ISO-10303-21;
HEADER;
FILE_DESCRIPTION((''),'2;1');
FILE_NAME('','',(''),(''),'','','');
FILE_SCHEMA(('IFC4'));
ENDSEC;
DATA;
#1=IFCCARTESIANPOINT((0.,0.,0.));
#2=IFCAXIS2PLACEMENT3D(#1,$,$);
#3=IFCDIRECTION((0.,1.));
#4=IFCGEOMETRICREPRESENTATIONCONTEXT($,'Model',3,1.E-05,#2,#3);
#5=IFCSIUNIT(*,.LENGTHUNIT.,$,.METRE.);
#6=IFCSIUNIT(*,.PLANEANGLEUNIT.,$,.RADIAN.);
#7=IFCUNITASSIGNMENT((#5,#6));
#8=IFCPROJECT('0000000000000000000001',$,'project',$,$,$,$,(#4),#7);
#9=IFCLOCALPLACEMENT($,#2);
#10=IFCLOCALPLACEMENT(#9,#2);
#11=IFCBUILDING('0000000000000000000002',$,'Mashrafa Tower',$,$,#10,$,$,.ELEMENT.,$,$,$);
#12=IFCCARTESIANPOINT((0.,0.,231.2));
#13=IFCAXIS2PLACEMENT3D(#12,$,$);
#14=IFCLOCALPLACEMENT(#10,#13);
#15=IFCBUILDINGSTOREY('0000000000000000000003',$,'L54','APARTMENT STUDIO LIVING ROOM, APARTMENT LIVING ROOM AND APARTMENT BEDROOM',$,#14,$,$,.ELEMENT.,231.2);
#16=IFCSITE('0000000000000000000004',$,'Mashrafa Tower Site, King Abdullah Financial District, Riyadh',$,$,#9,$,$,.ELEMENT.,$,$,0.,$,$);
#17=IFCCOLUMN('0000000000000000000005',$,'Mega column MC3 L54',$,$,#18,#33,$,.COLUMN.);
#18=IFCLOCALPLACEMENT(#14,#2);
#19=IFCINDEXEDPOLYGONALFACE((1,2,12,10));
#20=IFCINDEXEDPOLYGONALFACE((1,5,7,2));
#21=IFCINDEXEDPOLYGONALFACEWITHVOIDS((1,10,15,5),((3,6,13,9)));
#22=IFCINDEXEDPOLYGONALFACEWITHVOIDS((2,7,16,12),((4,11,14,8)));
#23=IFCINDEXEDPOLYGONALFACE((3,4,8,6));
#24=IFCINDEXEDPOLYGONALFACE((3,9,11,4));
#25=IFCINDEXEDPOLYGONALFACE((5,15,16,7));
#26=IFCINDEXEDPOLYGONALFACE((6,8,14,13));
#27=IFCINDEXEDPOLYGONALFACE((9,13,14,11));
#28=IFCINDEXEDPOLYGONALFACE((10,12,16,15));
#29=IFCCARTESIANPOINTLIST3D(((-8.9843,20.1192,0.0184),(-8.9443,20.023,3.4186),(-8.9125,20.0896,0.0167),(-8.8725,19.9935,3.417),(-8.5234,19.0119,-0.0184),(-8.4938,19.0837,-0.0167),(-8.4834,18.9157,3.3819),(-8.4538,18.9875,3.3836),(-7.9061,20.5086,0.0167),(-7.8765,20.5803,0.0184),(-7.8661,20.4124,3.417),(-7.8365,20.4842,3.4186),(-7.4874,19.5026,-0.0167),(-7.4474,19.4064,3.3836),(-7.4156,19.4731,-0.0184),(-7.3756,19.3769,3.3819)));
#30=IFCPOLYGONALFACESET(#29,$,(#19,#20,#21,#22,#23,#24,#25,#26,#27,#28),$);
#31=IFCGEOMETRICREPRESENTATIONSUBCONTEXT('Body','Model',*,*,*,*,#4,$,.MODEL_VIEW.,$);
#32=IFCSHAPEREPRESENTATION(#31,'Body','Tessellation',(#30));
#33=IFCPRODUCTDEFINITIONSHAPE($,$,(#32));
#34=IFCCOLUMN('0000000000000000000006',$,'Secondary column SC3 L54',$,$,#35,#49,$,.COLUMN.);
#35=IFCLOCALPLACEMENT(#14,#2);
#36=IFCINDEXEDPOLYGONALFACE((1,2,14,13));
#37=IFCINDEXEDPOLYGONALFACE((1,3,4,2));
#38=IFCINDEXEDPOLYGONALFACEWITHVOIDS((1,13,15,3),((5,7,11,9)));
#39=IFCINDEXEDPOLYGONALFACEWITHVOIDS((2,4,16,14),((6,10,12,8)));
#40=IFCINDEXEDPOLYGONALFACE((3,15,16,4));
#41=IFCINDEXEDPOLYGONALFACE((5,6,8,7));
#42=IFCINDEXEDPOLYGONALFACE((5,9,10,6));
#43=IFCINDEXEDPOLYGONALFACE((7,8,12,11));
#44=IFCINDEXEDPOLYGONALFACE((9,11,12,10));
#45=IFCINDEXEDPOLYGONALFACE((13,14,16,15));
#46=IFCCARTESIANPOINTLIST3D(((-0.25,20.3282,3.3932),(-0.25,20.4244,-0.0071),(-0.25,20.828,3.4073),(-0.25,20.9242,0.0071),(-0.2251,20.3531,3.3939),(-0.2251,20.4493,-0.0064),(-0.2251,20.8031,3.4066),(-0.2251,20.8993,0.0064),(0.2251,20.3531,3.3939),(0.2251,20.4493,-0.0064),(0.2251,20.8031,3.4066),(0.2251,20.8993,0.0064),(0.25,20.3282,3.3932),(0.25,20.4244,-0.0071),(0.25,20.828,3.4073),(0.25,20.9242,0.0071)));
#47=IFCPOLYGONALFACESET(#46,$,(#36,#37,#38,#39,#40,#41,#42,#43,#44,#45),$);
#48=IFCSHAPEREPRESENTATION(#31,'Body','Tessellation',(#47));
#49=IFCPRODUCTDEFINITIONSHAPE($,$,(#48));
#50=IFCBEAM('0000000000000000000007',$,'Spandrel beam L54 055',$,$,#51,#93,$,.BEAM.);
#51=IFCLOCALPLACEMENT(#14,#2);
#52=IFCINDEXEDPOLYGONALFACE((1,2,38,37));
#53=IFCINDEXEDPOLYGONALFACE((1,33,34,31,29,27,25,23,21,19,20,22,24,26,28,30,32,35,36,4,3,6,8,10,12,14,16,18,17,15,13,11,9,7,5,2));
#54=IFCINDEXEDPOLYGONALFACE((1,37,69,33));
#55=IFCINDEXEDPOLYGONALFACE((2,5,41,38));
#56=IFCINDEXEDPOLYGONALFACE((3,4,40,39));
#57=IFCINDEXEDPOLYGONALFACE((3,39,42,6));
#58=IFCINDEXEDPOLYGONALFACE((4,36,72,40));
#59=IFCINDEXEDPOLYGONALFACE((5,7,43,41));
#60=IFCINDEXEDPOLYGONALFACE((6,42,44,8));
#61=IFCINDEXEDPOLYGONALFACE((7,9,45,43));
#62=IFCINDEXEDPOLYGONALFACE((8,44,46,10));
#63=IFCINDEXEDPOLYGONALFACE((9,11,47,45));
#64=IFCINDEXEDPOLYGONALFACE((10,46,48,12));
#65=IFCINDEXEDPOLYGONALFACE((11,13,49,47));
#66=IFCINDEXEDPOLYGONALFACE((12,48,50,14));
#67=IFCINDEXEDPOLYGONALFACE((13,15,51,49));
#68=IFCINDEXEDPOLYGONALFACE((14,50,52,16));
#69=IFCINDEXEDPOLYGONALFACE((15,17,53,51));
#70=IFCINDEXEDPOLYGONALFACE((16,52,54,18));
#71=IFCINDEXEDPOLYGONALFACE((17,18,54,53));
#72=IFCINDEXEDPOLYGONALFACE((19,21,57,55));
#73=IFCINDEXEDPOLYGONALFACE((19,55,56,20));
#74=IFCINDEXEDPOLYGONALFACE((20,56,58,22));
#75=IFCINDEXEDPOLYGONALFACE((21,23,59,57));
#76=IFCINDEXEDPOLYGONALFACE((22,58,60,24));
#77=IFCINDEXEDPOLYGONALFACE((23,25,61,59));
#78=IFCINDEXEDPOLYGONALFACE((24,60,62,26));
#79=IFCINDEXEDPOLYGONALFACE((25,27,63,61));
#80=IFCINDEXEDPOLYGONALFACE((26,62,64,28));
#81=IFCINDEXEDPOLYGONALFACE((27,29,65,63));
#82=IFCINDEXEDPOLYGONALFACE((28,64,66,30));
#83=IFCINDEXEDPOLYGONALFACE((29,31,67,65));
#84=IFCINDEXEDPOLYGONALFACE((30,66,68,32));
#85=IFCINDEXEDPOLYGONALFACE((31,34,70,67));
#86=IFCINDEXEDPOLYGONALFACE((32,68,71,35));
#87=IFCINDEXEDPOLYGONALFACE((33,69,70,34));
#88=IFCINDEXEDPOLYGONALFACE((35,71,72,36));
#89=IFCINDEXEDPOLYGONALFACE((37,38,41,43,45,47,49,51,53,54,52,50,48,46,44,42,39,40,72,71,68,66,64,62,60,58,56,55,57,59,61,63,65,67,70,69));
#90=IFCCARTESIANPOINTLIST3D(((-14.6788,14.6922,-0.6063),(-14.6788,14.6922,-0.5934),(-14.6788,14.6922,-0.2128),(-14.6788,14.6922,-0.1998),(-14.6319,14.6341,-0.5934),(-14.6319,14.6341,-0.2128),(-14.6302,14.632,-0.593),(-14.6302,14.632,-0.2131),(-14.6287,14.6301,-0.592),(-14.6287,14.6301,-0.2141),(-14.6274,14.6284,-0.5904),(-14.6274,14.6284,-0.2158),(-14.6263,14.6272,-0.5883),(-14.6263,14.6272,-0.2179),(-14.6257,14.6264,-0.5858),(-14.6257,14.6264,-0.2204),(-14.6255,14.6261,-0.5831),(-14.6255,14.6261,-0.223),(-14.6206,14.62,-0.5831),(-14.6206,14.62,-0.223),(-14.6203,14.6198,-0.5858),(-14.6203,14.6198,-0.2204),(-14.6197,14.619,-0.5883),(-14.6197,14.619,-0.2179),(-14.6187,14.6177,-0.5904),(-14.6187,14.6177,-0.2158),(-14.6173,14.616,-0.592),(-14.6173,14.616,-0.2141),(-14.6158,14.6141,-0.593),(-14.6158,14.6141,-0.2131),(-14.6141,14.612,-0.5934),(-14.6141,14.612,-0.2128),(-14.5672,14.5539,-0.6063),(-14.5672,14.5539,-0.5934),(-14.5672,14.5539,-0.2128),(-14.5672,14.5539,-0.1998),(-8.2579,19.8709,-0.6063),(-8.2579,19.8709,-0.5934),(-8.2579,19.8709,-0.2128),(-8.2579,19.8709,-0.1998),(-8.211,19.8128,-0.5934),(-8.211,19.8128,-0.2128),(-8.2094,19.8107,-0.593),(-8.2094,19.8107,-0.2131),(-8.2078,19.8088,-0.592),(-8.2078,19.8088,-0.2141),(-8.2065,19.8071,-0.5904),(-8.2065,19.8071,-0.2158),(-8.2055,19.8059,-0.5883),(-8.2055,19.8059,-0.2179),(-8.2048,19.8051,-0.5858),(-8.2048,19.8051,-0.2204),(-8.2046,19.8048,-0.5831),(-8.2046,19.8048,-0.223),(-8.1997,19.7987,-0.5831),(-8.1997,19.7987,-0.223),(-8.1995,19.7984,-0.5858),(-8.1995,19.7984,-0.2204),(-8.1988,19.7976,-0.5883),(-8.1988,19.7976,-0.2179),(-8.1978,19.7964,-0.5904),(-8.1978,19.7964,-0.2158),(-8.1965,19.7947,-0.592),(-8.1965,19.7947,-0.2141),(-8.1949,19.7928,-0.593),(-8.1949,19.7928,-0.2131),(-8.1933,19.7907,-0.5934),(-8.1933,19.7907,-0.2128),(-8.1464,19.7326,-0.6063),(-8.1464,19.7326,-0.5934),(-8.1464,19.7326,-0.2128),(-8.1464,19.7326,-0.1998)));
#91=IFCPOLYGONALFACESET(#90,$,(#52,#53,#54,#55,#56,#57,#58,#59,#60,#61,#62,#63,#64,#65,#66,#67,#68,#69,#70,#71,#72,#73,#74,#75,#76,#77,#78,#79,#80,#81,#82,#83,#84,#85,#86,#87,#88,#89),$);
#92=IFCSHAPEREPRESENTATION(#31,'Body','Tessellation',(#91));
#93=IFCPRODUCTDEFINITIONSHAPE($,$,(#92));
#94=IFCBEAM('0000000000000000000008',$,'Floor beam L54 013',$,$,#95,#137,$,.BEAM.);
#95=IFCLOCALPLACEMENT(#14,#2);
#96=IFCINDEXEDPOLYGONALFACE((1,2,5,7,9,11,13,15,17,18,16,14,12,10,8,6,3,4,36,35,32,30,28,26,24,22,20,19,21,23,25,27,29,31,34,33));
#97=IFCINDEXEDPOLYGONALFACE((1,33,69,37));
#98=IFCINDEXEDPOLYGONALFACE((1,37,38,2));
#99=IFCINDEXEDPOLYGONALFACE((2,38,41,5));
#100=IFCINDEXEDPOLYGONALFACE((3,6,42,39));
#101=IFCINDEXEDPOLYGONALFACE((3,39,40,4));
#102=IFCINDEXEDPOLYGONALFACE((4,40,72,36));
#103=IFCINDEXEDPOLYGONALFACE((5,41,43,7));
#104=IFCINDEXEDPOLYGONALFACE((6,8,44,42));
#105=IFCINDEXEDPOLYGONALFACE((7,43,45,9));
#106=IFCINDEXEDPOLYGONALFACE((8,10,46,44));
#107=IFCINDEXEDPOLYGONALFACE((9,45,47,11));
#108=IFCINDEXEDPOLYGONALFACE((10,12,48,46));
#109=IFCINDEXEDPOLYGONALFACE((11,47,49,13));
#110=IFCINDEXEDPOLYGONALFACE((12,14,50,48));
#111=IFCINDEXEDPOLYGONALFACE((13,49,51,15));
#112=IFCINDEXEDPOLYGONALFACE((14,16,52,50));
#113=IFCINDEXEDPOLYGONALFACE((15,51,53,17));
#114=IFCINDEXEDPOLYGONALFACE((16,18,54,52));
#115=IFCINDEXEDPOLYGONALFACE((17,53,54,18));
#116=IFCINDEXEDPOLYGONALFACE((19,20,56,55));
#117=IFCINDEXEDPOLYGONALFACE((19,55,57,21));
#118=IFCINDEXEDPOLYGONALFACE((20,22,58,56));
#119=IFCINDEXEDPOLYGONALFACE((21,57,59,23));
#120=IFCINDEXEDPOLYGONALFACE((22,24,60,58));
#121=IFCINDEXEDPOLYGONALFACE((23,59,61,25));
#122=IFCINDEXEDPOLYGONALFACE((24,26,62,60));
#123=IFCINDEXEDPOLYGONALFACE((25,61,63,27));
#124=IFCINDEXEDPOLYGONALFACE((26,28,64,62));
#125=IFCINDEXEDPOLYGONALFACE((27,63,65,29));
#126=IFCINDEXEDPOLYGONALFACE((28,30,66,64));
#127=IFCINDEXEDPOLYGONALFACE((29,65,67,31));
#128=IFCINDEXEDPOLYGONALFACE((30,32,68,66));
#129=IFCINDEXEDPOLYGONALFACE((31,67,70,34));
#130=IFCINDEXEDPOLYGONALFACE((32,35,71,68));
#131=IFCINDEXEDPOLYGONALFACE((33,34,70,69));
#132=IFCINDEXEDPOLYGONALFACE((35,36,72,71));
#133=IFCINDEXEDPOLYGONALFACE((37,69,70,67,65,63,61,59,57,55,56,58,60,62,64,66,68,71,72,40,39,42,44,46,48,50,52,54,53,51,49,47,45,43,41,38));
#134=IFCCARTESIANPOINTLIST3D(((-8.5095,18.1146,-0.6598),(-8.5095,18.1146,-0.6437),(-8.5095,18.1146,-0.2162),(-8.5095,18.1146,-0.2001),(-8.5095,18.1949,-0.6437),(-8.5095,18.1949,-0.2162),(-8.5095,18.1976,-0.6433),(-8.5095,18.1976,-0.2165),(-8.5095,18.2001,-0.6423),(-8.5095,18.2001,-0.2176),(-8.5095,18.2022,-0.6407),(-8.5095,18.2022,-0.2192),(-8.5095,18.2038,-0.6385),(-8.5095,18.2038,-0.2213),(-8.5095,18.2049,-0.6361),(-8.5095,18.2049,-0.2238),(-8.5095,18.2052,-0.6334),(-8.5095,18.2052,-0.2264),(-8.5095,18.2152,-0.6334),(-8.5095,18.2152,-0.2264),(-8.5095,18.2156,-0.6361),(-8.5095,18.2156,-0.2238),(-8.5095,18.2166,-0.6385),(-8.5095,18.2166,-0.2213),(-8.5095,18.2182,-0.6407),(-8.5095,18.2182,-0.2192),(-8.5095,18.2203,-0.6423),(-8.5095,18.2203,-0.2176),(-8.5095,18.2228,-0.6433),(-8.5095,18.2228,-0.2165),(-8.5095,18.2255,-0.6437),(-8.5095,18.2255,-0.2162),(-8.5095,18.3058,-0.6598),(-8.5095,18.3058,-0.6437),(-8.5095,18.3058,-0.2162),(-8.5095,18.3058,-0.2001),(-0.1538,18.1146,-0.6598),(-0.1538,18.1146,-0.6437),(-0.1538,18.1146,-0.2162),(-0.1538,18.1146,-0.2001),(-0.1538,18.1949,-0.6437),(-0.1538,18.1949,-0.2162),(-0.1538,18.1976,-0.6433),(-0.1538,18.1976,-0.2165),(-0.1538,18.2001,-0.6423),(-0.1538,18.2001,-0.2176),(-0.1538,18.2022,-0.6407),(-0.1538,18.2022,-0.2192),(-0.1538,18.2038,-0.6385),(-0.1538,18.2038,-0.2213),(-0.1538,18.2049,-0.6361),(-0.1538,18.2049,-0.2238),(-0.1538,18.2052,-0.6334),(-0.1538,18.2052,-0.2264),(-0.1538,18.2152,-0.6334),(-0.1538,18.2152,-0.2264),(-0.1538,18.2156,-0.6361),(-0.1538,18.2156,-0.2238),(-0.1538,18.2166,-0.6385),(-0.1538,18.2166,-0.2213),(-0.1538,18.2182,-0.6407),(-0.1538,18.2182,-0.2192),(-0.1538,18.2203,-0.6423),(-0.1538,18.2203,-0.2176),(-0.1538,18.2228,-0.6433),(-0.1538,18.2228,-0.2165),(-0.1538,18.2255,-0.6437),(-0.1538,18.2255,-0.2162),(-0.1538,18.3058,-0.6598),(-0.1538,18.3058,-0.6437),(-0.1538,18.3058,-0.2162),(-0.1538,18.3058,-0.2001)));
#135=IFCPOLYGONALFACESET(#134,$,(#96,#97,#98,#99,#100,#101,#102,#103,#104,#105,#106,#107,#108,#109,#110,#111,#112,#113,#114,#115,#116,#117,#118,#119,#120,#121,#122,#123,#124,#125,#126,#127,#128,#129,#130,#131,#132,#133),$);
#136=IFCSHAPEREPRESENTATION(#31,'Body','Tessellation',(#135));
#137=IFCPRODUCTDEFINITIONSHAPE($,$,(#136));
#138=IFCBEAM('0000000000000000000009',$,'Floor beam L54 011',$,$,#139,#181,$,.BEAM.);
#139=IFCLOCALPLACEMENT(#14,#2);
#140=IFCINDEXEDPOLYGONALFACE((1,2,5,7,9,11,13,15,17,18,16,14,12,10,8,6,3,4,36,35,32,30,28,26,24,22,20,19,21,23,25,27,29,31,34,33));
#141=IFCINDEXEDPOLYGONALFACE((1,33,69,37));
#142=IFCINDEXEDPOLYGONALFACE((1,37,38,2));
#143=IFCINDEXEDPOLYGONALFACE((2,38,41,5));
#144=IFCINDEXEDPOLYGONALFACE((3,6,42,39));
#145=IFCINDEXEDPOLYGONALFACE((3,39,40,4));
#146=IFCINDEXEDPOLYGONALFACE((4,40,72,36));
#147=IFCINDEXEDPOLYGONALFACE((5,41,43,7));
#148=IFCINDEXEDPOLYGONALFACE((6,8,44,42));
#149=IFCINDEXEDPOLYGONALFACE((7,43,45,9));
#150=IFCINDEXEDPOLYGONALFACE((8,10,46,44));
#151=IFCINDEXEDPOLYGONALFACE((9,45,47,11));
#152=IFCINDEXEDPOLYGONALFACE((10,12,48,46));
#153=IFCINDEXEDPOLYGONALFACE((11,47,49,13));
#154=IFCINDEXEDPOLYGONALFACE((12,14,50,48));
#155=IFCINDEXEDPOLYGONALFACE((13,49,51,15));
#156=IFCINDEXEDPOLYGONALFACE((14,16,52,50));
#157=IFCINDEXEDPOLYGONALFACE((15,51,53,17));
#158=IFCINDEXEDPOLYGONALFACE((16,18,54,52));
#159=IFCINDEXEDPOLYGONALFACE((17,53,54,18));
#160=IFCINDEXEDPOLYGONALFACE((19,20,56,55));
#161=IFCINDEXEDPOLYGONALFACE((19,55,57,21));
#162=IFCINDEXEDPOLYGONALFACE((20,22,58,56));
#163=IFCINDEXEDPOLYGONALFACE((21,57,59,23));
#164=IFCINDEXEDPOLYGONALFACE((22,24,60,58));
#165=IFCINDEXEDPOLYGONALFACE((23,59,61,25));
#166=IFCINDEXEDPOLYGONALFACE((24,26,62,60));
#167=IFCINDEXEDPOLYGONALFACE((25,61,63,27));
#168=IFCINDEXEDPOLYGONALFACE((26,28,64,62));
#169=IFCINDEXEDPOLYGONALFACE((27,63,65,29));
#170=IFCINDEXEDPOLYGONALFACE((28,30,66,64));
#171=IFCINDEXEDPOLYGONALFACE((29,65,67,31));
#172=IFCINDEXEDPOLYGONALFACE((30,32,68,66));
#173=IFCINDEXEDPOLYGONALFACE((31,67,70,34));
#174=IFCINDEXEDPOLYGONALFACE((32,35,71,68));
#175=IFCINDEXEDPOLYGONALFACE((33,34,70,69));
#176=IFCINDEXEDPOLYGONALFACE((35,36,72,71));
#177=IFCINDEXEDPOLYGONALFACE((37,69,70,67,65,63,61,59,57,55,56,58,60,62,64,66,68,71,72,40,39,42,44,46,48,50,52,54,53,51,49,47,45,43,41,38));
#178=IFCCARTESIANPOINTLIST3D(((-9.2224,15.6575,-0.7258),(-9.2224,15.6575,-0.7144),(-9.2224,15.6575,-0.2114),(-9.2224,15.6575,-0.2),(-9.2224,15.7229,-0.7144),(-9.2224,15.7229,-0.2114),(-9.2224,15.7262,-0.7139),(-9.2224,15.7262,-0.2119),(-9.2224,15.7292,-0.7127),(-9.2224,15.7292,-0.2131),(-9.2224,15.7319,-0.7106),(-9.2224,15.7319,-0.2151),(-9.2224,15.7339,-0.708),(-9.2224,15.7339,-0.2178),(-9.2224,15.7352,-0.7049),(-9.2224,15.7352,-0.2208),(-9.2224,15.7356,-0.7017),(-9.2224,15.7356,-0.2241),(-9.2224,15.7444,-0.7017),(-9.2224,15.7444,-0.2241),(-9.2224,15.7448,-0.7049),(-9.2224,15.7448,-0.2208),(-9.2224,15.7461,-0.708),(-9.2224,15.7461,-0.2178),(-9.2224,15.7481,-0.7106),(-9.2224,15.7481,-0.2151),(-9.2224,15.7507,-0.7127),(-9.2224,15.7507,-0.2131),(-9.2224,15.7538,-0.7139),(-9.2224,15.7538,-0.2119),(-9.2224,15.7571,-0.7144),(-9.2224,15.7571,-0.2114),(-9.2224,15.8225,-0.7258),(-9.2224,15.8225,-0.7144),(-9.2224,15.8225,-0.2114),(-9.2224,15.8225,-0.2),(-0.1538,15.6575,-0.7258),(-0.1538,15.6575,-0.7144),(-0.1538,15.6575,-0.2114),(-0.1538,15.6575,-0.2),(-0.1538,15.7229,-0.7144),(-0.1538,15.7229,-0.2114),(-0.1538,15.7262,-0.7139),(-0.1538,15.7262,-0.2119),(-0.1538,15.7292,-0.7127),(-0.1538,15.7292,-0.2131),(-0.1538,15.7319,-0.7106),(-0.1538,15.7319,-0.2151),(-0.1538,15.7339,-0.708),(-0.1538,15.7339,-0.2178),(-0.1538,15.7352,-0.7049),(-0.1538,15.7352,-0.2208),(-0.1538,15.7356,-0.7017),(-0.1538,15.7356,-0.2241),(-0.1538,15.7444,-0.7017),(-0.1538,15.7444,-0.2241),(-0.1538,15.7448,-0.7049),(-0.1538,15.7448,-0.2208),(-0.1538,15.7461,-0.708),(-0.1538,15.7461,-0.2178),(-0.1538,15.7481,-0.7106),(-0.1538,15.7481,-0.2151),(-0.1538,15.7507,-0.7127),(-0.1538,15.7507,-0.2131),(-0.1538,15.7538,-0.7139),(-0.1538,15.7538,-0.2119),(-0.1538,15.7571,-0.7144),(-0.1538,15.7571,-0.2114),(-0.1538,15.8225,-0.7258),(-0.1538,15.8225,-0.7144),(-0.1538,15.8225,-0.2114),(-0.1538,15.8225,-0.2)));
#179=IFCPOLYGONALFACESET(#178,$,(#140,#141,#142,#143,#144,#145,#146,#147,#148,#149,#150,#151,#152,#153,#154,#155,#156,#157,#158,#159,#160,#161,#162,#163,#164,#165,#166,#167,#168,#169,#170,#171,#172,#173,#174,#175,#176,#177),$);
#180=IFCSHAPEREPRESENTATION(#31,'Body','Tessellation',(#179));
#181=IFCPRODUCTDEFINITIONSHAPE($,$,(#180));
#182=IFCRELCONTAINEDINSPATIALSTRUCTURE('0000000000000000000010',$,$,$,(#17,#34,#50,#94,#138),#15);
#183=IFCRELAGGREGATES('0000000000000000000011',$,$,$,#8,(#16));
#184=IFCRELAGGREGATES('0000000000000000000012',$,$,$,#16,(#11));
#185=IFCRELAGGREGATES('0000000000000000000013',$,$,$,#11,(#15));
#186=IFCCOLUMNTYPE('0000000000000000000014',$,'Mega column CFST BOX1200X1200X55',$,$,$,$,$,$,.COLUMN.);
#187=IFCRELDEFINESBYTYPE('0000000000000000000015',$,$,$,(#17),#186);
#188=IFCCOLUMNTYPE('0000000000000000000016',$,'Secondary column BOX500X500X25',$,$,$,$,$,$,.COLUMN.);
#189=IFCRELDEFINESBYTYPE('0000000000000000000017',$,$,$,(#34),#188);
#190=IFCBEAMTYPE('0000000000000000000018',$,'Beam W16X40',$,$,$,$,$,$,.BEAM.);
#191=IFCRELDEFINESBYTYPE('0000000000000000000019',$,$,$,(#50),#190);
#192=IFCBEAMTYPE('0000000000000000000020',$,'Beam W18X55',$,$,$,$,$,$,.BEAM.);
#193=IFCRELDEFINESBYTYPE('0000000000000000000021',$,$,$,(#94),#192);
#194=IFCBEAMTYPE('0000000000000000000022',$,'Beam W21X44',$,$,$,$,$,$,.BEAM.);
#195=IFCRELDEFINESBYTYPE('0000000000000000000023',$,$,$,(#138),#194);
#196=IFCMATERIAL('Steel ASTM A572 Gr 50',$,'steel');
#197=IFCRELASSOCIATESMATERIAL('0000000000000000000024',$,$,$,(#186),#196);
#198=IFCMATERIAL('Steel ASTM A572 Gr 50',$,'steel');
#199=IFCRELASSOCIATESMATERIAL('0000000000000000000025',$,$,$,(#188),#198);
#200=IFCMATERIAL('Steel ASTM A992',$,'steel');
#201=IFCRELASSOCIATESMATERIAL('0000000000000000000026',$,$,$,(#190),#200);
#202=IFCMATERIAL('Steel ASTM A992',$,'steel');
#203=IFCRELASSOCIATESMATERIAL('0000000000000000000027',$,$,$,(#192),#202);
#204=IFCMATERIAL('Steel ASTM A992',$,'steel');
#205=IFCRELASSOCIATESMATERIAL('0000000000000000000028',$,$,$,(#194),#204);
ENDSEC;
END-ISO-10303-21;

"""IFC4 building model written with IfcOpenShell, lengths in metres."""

from ifc_helpers import new_model, si_unit, direction, frame, origin, origin_2d, place, context, subcontext, project, spatial, hollow_rectangle, i_section, extrude, material, material_profile, profile_set, type_object, element, save


model = new_model("IFC4")

# Units and contexts
model_context = context("Model", 3, precision=1e-05, world=origin(), true_north=direction((0.0, 1.0)))
body_context = subcontext(model_context, "Body", "Model", "MODEL_VIEW")
ifc_project = project(units=[si_unit("LENGTHUNIT", "METRE"), si_unit("PLANEANGLEUNIT", "RADIAN")], contexts=[model_context])

# Site, building, storey
site_placement = place(None, origin())
site = spatial("IfcSite", under=ifc_project, at=site_placement, Name="Mashrafa Tower Site, King Abdullah Financial District, Riyadh", CompositionType="ELEMENT", RefElevation=0.0)
building_placement = place(site_placement, origin())
building = spatial("IfcBuilding", under=site, at=building_placement, Name="Mashrafa Tower", CompositionType="ELEMENT")
storey_placement = place(building_placement, frame((0.0, 0.0, 231.2)))
storey = spatial("IfcBuildingStorey", under=building, at=storey_placement, Name="L54", Description="APARTMENT STUDIO LIVING ROOM, APARTMENT LIVING ROOM AND APARTMENT BEDROOM", CompositionType="ELEMENT", Elevation=231.2)

# Columns
ifc_material_1 = material(Name="Steel ASTM A572 Gr 50", Category="steel")
ifc_material_profile_1 = material_profile(ifc_material_1, hollow_rectangle(XDim=1.2, YDim=1.2, WallThickness=0.0549, at=origin_2d()), Name="BOX1200X1200X55")
ifc_profile_set_1 = profile_set([ifc_material_profile_1], Name="Steel ASTM A572 Gr 50")
column_type_1 = type_object("IfcColumnType", Name="Mega column CFST BOX1200X1200X55", PredefinedType="COLUMN", material=ifc_profile_set_1)
column_1_placement = place(storey_placement, frame((-8.2, 19.7961, 0.0), z_axis=(0.01177, -0.028277, 0.999531), x_axis=(0.923216, 0.384283, 0.0)))
element("IfcColumn", 1, at=column_1_placement, inside=storey, type_object=column_type_1, Name="Mega column MC3 L54", PredefinedType="COLUMN", context=body_context, shape_type="SweptSolid", body=[
    extrude(hollow_rectangle(XDim=1.2, YDim=1.2, WallThickness=0.0549, at=origin_2d()), origin(), (0.0, 0.0, 1.0), 3.4019),
])
ifc_material_2 = material(Name="Steel ASTM A572 Gr 50", Category="steel")
ifc_material_profile_2 = material_profile(ifc_material_2, hollow_rectangle(XDim=0.5, YDim=0.5, WallThickness=0.0249, at=origin_2d()), Name="BOX500X500X25")
ifc_profile_set_2 = profile_set([ifc_material_profile_2], Name="Steel ASTM A572 Gr 50")
column_type_2 = type_object("IfcColumnType", Name="Secondary column BOX500X500X25", PredefinedType="COLUMN", material=ifc_profile_set_2)
column_2_placement = place(storey_placement, frame((0.0, 20.6743, 0.0), z_axis=(0.0, -0.028279, 0.9996), x_axis=(1.0, 0.0, 0.0)))
element("IfcColumn", 2, at=column_2_placement, inside=storey, type_object=column_type_2, Name="Secondary column SC3 L54", PredefinedType="COLUMN", context=body_context, shape_type="SweptSolid", body=[
    extrude(hollow_rectangle(XDim=0.5, YDim=0.5, WallThickness=0.0249, at=origin_2d()), origin(), (0.0, 0.0, 1.0), 3.4016),
])

# Beams
ifc_material_3 = material(Name="Steel ASTM A992", Category="steel")
ifc_material_profile_3 = material_profile(ifc_material_3, i_section(OverallWidth=0.1777, OverallDepth=0.4065, WebThickness=0.0078, FlangeThickness=0.0129, FilletRadius=0.0103, at=origin_2d()), Name="W16X40")
ifc_profile_set_3 = profile_set([ifc_material_profile_3], Name="Steel ASTM A992")
beam_type_1 = type_object("IfcBeamType", Name="Beam W16X40", PredefinedType="BEAM", material=ifc_profile_set_3)
beam_1_placement = place(storey_placement, frame((-8.2021, 19.8018, -0.4031), z_axis=(-0.778379, -0.627794, 0.0), x_axis=(0.627794, -0.778379, 0.0)))
element("IfcBeam", 3, at=beam_1_placement, inside=storey, type_object=beam_type_1, Name="Spandrel beam L54 055", PredefinedType="BEAM", context=body_context, shape_type="SweptSolid", body=[
    extrude(i_section(OverallWidth=0.1777, OverallDepth=0.4065, WebThickness=0.0078, FlangeThickness=0.0129, FilletRadius=0.0103, at=origin_2d()), origin(), (0.0, 0.0, 1.0), 8.249),
])
ifc_material_4 = material(Name="Steel ASTM A992", Category="steel")
ifc_material_profile_4 = material_profile(ifc_material_4, i_section(OverallWidth=0.1912, OverallDepth=0.4597, WebThickness=0.01, FlangeThickness=0.0161, FilletRadius=0.0103, at=origin_2d()), Name="W18X55")
ifc_profile_set_4 = profile_set([ifc_material_profile_4], Name="Steel ASTM A992")
beam_type_2 = type_object("IfcBeamType", Name="Beam W18X55", PredefinedType="BEAM", material=ifc_profile_set_4)
beam_2_placement = place(storey_placement, frame((-8.5095, 18.2102, -0.4299), z_axis=(1.0, 0.0, 0.0), x_axis=(0.0, 1.0, 0.0)))
element("IfcBeam", 4, at=beam_2_placement, inside=storey, type_object=beam_type_2, Name="Floor beam L54 013", PredefinedType="BEAM", context=body_context, shape_type="SweptSolid", body=[
    extrude(i_section(OverallWidth=0.1912, OverallDepth=0.4597, WebThickness=0.01, FlangeThickness=0.0161, FilletRadius=0.0103, at=origin_2d()), origin(), (0.0, 0.0, 1.0), 8.3557),
])
ifc_material_5 = material(Name="Steel ASTM A992", Category="steel")
ifc_material_profile_5 = material_profile(ifc_material_5, i_section(OverallWidth=0.165, OverallDepth=0.5259, WebThickness=0.0088, FlangeThickness=0.0115, FilletRadius=0.0127, at=origin_2d()), Name="W21X44")
ifc_profile_set_5 = profile_set([ifc_material_profile_5], Name="Steel ASTM A992")
beam_type_3 = type_object("IfcBeamType", Name="Beam W21X44", PredefinedType="BEAM", material=ifc_profile_set_5)
beam_3_placement = place(storey_placement, frame((-9.2224, 15.74, -0.4629), z_axis=(1.0, 0.0, 0.0), x_axis=(0.0, 1.0, 0.0)))
element("IfcBeam", 5, at=beam_3_placement, inside=storey, type_object=beam_type_3, Name="Floor beam L54 011", PredefinedType="BEAM", context=body_context, shape_type="SweptSolid", body=[
    extrude(i_section(OverallWidth=0.165, OverallDepth=0.5259, WebThickness=0.0088, FlangeThickness=0.0115, FilletRadius=0.0127, at=origin_2d()), origin(), (0.0, 0.0, 1.0), 9.0686),
])

save(model, "model.ifc")
